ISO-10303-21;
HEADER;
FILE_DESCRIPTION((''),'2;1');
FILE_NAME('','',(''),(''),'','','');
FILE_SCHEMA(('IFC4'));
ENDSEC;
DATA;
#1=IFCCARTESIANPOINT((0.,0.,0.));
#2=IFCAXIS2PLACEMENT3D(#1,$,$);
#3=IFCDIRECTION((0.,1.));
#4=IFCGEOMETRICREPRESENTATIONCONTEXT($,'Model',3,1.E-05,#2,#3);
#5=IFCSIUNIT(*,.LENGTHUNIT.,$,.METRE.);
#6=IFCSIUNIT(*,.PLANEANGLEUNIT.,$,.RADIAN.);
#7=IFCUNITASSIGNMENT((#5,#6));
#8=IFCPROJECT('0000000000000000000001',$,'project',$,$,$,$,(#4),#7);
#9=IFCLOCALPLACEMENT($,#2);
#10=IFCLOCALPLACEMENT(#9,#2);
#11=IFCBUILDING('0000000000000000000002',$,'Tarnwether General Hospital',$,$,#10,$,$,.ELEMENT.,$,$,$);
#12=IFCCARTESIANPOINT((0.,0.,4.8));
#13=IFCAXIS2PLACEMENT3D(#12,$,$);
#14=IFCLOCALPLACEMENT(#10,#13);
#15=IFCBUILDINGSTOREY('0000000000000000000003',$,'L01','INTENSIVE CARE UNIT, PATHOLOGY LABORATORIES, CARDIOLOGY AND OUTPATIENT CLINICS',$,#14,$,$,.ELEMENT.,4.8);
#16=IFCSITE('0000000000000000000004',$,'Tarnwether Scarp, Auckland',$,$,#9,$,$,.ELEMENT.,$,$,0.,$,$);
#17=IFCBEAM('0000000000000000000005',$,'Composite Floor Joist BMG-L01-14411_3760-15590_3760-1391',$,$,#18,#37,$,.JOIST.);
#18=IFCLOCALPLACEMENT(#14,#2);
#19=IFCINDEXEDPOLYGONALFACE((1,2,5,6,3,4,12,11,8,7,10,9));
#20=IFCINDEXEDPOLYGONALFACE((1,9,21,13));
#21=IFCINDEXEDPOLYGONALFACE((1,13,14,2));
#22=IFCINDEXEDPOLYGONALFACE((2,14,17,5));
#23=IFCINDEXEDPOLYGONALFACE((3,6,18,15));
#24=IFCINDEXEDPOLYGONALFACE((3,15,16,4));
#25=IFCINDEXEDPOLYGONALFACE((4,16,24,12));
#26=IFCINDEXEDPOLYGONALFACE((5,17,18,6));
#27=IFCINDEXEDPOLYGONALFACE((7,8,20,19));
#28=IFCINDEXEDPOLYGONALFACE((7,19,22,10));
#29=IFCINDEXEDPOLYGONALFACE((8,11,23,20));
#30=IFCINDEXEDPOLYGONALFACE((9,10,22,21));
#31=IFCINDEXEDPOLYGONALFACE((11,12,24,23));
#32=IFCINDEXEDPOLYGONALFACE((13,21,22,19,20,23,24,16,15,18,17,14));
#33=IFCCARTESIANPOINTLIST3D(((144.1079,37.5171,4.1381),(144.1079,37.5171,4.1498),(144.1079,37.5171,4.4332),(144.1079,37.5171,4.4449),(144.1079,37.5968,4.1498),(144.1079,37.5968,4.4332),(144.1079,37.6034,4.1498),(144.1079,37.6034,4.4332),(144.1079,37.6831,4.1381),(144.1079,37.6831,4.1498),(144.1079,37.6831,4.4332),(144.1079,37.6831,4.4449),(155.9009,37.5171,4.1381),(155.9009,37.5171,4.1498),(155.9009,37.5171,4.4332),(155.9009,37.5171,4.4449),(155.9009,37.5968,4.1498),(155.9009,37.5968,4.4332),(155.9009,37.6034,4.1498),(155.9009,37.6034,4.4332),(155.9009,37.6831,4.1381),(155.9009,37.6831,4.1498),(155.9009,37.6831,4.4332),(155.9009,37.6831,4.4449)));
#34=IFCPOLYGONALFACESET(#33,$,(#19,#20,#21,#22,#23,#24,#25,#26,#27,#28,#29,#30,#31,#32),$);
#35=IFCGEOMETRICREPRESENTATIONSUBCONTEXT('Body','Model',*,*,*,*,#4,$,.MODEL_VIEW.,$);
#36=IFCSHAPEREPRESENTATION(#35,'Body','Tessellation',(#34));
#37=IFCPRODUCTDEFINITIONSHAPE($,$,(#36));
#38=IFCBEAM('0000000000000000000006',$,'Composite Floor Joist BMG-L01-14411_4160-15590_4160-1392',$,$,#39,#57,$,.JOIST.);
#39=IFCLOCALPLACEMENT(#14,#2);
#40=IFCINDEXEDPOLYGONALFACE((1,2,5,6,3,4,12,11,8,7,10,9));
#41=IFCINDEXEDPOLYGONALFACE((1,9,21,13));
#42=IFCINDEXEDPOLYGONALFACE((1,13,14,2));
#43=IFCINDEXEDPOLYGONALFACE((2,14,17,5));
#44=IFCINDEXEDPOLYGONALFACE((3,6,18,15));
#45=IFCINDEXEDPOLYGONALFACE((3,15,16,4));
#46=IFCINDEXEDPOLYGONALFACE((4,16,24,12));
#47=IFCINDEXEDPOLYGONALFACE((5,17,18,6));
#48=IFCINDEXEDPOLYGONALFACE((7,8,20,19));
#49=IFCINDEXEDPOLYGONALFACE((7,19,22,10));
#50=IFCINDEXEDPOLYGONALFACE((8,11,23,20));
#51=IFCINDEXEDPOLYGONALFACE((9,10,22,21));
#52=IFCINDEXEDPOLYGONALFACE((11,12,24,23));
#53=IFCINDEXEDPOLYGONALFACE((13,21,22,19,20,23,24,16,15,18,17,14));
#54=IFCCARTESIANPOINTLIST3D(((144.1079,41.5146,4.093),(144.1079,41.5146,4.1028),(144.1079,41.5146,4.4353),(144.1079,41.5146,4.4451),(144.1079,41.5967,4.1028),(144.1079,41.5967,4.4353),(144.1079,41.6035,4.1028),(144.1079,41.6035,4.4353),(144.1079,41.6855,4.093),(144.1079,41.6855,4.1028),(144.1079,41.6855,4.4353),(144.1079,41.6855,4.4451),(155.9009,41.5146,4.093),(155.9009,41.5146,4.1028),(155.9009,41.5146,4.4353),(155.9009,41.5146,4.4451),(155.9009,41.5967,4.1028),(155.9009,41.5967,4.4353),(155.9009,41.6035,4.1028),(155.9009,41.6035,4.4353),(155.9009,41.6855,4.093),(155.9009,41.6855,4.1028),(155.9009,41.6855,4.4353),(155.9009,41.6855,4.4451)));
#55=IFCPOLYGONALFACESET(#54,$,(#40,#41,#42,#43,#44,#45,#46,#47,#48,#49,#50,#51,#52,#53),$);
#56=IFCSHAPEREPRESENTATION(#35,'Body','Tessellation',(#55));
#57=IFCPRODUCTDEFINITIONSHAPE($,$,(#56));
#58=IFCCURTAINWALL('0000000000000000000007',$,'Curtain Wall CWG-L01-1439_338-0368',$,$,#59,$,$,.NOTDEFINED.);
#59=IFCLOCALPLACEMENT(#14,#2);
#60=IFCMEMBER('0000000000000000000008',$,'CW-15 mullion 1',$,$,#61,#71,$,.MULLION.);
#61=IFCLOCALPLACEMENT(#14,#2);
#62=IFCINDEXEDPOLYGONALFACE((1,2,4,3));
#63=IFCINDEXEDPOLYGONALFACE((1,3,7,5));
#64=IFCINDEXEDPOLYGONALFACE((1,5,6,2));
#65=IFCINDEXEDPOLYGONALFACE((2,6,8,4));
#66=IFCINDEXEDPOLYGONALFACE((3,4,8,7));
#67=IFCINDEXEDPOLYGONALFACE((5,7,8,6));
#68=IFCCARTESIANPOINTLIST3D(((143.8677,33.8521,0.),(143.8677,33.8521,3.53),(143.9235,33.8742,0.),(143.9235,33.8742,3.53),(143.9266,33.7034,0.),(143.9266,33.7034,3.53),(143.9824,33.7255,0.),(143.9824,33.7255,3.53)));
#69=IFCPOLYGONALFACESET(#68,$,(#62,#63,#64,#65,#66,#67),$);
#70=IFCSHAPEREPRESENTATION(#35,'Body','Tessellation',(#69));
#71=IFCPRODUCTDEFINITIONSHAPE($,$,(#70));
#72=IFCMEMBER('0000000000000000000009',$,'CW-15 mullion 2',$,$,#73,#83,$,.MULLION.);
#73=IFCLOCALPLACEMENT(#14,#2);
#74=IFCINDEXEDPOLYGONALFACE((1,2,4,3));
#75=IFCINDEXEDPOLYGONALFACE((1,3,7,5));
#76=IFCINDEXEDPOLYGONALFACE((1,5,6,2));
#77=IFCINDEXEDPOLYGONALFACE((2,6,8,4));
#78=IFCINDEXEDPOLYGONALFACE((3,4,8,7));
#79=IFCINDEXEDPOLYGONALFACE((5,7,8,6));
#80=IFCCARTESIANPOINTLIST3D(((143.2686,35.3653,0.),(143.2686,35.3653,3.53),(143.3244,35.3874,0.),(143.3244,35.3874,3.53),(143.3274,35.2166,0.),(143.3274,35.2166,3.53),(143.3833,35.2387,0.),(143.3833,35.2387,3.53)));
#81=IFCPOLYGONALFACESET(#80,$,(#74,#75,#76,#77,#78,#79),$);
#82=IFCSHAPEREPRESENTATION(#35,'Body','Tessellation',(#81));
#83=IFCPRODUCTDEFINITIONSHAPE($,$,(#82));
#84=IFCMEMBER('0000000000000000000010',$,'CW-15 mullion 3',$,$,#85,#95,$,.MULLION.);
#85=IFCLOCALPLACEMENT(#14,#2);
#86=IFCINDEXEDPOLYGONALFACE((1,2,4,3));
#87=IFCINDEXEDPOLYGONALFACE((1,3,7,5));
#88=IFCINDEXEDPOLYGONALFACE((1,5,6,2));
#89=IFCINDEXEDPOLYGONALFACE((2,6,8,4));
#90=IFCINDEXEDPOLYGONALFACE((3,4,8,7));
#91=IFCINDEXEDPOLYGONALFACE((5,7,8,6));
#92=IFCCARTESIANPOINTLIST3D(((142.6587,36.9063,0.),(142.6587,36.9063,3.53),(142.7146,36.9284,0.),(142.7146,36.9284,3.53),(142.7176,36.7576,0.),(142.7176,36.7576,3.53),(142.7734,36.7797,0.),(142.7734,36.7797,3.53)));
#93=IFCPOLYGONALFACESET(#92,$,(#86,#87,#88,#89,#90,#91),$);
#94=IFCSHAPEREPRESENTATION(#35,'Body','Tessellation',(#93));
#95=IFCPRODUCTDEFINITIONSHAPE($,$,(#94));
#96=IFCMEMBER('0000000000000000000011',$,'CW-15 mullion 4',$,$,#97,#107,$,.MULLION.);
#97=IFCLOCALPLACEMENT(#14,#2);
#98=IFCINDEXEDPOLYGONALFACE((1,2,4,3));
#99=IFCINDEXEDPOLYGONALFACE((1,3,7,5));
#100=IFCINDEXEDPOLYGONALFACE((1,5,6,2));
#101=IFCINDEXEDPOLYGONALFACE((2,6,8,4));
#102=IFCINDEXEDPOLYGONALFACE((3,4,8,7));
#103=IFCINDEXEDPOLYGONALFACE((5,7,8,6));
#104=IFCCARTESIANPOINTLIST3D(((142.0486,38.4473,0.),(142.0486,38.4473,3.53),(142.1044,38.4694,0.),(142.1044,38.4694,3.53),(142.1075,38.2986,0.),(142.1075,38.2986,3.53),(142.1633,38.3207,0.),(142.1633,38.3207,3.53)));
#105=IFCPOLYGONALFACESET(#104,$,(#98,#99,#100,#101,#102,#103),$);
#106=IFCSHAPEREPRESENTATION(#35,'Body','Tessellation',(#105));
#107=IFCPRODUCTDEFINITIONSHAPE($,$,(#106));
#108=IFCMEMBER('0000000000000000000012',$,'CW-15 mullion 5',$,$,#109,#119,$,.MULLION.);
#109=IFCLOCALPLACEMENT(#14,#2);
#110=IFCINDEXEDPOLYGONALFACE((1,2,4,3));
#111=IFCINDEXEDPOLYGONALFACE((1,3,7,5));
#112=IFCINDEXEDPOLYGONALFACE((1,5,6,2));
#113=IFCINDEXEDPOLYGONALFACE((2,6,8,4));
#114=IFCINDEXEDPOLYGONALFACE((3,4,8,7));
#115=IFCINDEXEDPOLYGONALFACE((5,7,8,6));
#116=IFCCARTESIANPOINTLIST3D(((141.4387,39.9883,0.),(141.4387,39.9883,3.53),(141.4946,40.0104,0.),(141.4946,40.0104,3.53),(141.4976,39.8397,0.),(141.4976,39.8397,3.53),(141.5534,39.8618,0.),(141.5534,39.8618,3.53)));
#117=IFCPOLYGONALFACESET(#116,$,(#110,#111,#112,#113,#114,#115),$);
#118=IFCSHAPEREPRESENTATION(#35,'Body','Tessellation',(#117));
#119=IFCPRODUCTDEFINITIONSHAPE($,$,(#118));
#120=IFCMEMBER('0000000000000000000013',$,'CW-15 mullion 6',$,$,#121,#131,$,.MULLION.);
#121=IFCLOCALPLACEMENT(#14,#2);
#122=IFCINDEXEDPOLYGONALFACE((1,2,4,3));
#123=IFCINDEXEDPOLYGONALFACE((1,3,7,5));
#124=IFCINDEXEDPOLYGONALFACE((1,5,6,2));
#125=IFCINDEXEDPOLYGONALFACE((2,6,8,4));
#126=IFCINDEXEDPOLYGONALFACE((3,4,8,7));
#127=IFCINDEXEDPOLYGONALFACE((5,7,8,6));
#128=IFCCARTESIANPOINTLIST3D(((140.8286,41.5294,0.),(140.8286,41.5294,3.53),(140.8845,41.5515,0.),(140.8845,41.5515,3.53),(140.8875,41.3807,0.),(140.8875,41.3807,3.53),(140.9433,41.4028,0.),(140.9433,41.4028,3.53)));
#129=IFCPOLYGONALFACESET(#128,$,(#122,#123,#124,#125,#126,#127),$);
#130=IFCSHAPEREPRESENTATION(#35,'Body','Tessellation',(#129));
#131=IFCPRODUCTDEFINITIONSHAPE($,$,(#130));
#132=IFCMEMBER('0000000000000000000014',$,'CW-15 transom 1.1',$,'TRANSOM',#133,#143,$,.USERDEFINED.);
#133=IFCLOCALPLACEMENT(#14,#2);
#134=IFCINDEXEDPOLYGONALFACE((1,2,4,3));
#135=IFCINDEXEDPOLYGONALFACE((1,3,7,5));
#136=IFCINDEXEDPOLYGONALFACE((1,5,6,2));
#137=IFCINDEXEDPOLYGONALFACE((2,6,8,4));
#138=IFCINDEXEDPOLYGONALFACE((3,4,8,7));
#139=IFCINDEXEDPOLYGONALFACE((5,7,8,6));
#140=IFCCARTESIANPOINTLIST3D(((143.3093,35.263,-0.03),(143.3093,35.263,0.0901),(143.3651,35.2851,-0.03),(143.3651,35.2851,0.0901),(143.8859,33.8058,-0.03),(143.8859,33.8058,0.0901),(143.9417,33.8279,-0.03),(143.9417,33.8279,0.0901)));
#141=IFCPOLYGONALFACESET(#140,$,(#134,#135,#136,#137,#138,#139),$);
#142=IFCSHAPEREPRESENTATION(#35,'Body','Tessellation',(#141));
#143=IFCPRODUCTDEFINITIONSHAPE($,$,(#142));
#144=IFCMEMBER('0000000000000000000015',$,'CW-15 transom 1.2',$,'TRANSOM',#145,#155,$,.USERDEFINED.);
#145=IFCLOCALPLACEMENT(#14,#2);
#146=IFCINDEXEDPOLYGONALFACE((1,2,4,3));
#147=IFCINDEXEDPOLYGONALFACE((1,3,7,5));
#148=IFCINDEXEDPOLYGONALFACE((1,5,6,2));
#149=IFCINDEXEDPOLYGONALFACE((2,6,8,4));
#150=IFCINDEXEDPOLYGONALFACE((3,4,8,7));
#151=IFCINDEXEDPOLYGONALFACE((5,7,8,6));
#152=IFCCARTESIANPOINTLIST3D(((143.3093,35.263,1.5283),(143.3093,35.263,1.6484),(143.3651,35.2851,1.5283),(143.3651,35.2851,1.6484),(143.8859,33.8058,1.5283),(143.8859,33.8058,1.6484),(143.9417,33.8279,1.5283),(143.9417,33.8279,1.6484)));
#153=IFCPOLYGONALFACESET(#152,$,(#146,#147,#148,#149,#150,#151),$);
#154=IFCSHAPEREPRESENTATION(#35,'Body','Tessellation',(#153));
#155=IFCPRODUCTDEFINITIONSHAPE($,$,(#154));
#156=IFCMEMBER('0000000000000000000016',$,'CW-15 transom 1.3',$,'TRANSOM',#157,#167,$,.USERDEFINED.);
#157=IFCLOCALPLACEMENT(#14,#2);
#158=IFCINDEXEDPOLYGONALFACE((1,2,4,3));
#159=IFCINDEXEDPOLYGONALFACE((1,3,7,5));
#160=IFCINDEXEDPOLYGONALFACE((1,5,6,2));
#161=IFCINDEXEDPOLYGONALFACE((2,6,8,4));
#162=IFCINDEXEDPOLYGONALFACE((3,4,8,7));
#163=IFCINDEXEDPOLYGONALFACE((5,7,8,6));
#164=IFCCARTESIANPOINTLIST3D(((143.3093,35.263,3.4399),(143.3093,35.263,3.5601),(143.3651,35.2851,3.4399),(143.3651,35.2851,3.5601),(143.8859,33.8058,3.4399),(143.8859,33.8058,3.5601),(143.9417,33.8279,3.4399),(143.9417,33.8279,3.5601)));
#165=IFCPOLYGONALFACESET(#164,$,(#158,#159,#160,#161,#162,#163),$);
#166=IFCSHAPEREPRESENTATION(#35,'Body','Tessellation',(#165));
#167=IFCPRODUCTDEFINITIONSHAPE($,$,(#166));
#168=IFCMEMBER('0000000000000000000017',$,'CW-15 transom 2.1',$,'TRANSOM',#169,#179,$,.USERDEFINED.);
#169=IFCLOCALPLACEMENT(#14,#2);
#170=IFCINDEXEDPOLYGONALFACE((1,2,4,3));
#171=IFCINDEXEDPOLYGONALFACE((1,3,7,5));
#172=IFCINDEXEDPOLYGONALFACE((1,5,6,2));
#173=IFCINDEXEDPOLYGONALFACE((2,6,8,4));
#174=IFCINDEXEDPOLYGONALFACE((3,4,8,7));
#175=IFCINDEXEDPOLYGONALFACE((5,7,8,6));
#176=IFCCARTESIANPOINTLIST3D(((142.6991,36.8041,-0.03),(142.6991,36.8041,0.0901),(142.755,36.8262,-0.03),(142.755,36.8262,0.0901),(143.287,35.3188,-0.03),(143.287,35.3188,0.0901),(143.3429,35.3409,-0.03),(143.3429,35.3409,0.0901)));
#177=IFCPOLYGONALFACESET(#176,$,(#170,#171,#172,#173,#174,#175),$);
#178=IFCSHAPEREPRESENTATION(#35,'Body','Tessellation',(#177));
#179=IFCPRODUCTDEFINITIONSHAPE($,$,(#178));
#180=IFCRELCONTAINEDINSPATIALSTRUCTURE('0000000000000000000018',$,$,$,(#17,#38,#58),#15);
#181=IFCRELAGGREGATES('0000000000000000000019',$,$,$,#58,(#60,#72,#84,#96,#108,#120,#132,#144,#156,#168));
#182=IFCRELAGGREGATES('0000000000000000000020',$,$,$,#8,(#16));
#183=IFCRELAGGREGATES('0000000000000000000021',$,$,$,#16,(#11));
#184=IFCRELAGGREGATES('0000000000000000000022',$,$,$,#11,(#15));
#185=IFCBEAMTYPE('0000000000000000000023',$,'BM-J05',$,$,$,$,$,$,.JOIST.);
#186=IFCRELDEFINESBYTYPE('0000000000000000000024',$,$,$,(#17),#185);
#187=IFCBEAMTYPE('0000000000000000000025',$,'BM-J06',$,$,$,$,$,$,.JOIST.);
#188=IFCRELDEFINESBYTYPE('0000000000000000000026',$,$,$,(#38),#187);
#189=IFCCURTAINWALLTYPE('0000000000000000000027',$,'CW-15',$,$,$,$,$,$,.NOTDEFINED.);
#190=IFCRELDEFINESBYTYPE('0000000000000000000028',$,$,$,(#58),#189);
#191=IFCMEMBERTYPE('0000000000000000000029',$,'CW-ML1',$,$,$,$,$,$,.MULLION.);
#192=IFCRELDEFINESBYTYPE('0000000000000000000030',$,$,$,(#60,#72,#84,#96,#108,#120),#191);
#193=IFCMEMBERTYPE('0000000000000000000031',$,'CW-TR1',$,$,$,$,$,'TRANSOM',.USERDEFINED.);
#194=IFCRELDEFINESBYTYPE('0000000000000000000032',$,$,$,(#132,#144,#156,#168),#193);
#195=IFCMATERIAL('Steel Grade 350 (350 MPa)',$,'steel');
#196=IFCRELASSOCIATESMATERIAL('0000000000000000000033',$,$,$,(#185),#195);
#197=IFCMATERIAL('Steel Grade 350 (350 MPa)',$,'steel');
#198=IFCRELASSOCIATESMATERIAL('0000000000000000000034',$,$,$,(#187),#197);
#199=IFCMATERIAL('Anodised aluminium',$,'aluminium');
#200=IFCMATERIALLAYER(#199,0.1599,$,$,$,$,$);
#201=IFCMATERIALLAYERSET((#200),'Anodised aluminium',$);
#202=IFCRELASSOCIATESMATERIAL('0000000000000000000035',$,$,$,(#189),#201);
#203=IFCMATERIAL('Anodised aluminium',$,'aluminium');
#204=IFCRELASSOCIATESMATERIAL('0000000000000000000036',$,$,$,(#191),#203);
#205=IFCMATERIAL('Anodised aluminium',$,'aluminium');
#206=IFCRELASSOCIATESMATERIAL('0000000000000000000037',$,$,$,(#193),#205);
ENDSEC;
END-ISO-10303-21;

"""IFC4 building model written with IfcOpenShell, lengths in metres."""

from ifc_helpers import new_model, si_unit, direction, frame, origin, origin_2d, place, context, subcontext, project, spatial, rectangle, i_section, extrude, material, layer, layer_set, material_profile, profile_set, type_object, element, aggregate, save


model = new_model("IFC4")

# Units and contexts
model_context = context("Model", 3, precision=1e-05, world=origin(), true_north=direction((0.0, 1.0)))
body_context = subcontext(model_context, "Body", "Model", "MODEL_VIEW")
ifc_project = project(units=[si_unit("LENGTHUNIT", "METRE"), si_unit("PLANEANGLEUNIT", "RADIAN")], contexts=[model_context])

# Site, building, storey
site_placement = place(None, origin())
site = spatial("IfcSite", under=ifc_project, at=site_placement, Name="Tarnwether Scarp, Auckland", CompositionType="ELEMENT", RefElevation=0.0)
building_placement = place(site_placement, origin())
building = spatial("IfcBuilding", under=site, at=building_placement, Name="Tarnwether General Hospital", CompositionType="ELEMENT")
storey_placement = place(building_placement, frame((0.0, 0.0, 4.8)))
storey = spatial("IfcBuildingStorey", under=building, at=storey_placement, Name="L01", Description="INTENSIVE CARE UNIT, PATHOLOGY LABORATORIES, CARDIOLOGY AND OUTPATIENT CLINICS", CompositionType="ELEMENT", Elevation=4.8)

# Beams
ifc_material_1 = material(Name="Steel Grade 350 (350 MPa)", Category="steel")
ifc_material_profile_1 = material_profile(ifc_material_1, i_section(OverallWidth=0.166, OverallDepth=0.3069, WebThickness=0.0066, FlangeThickness=0.0117, at=origin_2d()), Name="310UB46.2")
ifc_profile_set_1 = profile_set([ifc_material_profile_1], Name="Steel Grade 350 (350 MPa)")
beam_type_1 = type_object("IfcBeamType", Name="BM-J05", PredefinedType="JOIST", material=ifc_profile_set_1)
beam_1_placement = place(storey_placement, frame((144.1079, 37.6001, 4.2915), z_axis=(1.0, 0.0, 0.0), x_axis=(0.0, 1.0, 0.0)))
element("IfcBeam", 1, at=beam_1_placement, inside=storey, type_object=beam_type_1, Name="Composite Floor Joist BMG-L01-14411_3760-15590_3760-1391", PredefinedType="JOIST", context=body_context, shape_type="SweptSolid", body=[
    extrude(i_section(OverallWidth=0.166, OverallDepth=0.3069, WebThickness=0.0066, FlangeThickness=0.0117, at=origin_2d()), origin(), (0.0, 0.0, 1.0), 11.793),
])
ifc_material_2 = material(Name="Steel Grade 350 (350 MPa)", Category="steel")
ifc_material_profile_2 = material_profile(ifc_material_2, i_section(OverallWidth=0.1709, OverallDepth=0.3521, WebThickness=0.0068, FlangeThickness=0.0098, at=origin_2d()), Name="360UB44.7")
ifc_profile_set_2 = profile_set([ifc_material_profile_2], Name="Steel Grade 350 (350 MPa)")
beam_type_2 = type_object("IfcBeamType", Name="BM-J06", PredefinedType="JOIST", material=ifc_profile_set_2)
beam_2_placement = place(storey_placement, frame((144.1079, 41.6001, 4.269), z_axis=(1.0, 0.0, 0.0), x_axis=(0.0, 1.0, 0.0)))
element("IfcBeam", 2, at=beam_2_placement, inside=storey, type_object=beam_type_2, Name="Composite Floor Joist BMG-L01-14411_4160-15590_4160-1392", PredefinedType="JOIST", context=body_context, shape_type="SweptSolid", body=[
    extrude(i_section(OverallWidth=0.1709, OverallDepth=0.3521, WebThickness=0.0068, FlangeThickness=0.0098, at=origin_2d()), origin(), (0.0, 0.0, 1.0), 11.793),
])

# Curtain wall, members
ifc_material_3 = material(Name="Anodised aluminium", Category="aluminium")
ifc_layer_1 = layer(ifc_material_3, 0.1599)
ifc_layer_set_1 = layer_set([ifc_layer_1], Name="Anodised aluminium")
curtain_wall_type = type_object("IfcCurtainWallType", Name="CW-15", PredefinedType="NOTDEFINED", material=ifc_layer_set_1)
curtain_wall_1_placement = place(storey_placement, origin())
curtain_wall_1 = element("IfcCurtainWall", 3, at=curtain_wall_1_placement, inside=storey, type_object=curtain_wall_type, Name="Curtain Wall CWG-L01-1439_338-0368", PredefinedType="NOTDEFINED")
ifc_material_4 = material(Name="Anodised aluminium", Category="aluminium")
ifc_material_profile_3 = material_profile(ifc_material_4, rectangle(XDim=0.0601, YDim=0.1599, at=origin_2d()), Name="ALU-MUL-60x160")
ifc_profile_set_3 = profile_set([ifc_material_profile_3], Name="Anodised aluminium")
member_type_1 = type_object("IfcMemberType", Name="CW-ML1", PredefinedType="MULLION", material=ifc_profile_set_3)
member_1_placement = place(storey_placement, frame((143.925, 33.7888, 0.0), z_axis=(0.0, 0.0, 1.0), x_axis=(-0.929802, -0.368059, 0.0)))
member_1 = element("IfcMember", 4, at=member_1_placement, type_object=member_type_1, Name="CW-15 mullion 1", PredefinedType="MULLION", context=body_context, shape_type="SweptSolid", body=[
    extrude(rectangle(XDim=0.0601, YDim=0.1599, at=origin_2d()), origin(), (0.0, 0.0, 1.0), 3.53),
])
member_2_placement = place(storey_placement, frame((143.3259, 35.302, 0.0), z_axis=(0.0, 0.0, 1.0), x_axis=(-0.929802, -0.368059, 0.0)))
member_2 = element("IfcMember", 5, at=member_2_placement, type_object=member_type_1, Name="CW-15 mullion 2", PredefinedType="MULLION", context=body_context, shape_type="SweptSolid", body=[
    extrude(rectangle(XDim=0.0601, YDim=0.1599, at=origin_2d()), origin(), (0.0, 0.0, 1.0), 3.53),
])
member_3_placement = place(storey_placement, frame((142.7161, 36.843, 0.0), z_axis=(0.0, 0.0, 1.0), x_axis=(-0.929802, -0.368059, 0.0)))
member_3 = element("IfcMember", 6, at=member_3_placement, type_object=member_type_1, Name="CW-15 mullion 3", PredefinedType="MULLION", context=body_context, shape_type="SweptSolid", body=[
    extrude(rectangle(XDim=0.0601, YDim=0.1599, at=origin_2d()), origin(), (0.0, 0.0, 1.0), 3.53),
])
member_4_placement = place(storey_placement, frame((142.106, 38.384, 0.0), z_axis=(0.0, 0.0, 1.0), x_axis=(-0.929802, -0.368059, 0.0)))
member_4 = element("IfcMember", 7, at=member_4_placement, type_object=member_type_1, Name="CW-15 mullion 4", PredefinedType="MULLION", context=body_context, shape_type="SweptSolid", body=[
    extrude(rectangle(XDim=0.0601, YDim=0.1599, at=origin_2d()), origin(), (0.0, 0.0, 1.0), 3.53),
])
member_5_placement = place(storey_placement, frame((141.4961, 39.925, 0.0), z_axis=(0.0, 0.0, 1.0), x_axis=(-0.929802, -0.368059, 0.0)))
member_5 = element("IfcMember", 8, at=member_5_placement, type_object=member_type_1, Name="CW-15 mullion 5", PredefinedType="MULLION", context=body_context, shape_type="SweptSolid", body=[
    extrude(rectangle(XDim=0.0601, YDim=0.1599, at=origin_2d()), origin(), (0.0, 0.0, 1.0), 3.53),
])
member_6_placement = place(storey_placement, frame((140.886, 41.4661, 0.0), z_axis=(0.0, 0.0, 1.0), x_axis=(-0.929802, -0.368059, 0.0)))
member_6 = element("IfcMember", 9, at=member_6_placement, type_object=member_type_1, Name="CW-15 mullion 6", PredefinedType="MULLION", context=body_context, shape_type="SweptSolid", body=[
    extrude(rectangle(XDim=0.0601, YDim=0.1599, at=origin_2d()), origin(), (0.0, 0.0, 1.0), 3.53),
])
ifc_material_5 = material(Name="Anodised aluminium", Category="aluminium")
ifc_material_profile_4 = material_profile(ifc_material_5, rectangle(XDim=0.0601, YDim=0.1201, at=origin_2d()), Name="ALU-TRN-60x120")
ifc_profile_set_4 = profile_set([ifc_material_profile_4], Name="Anodised aluminium")
member_type_2 = type_object("IfcMemberType", Name="CW-TR1", ElementType="TRANSOM", PredefinedType="USERDEFINED", material=ifc_profile_set_4)
member_7_placement = place(storey_placement, frame((143.9138, 33.8169, 0.03), z_axis=(-0.36795, 0.929845, 0.0), x_axis=(-0.929845, -0.36795, 0.0)))
member_7 = element("IfcMember", 10, at=member_7_placement, type_object=member_type_2, Name="CW-15 transom 1.1", ObjectType="TRANSOM", PredefinedType="USERDEFINED", context=body_context, shape_type="SweptSolid", body=[
    extrude(rectangle(XDim=0.0601, YDim=0.1201, at=origin_2d()), origin(), (0.0, 0.0, 1.0), 1.5671),
])
member_8_placement = place(storey_placement, frame((143.9138, 33.8169, 1.5884), z_axis=(-0.36795, 0.929845, 0.0), x_axis=(-0.929845, -0.36795, 0.0)))
member_8 = element("IfcMember", 11, at=member_8_placement, type_object=member_type_2, Name="CW-15 transom 1.2", ObjectType="TRANSOM", PredefinedType="USERDEFINED", context=body_context, shape_type="SweptSolid", body=[
    extrude(rectangle(XDim=0.0601, YDim=0.1201, at=origin_2d()), origin(), (0.0, 0.0, 1.0), 1.5671),
])
member_9_placement = place(storey_placement, frame((143.9138, 33.8169, 3.5), z_axis=(-0.36795, 0.929845, 0.0), x_axis=(-0.929845, -0.36795, 0.0)))
member_9 = element("IfcMember", 12, at=member_9_placement, type_object=member_type_2, Name="CW-15 transom 1.3", ObjectType="TRANSOM", PredefinedType="USERDEFINED", context=body_context, shape_type="SweptSolid", body=[
    extrude(rectangle(XDim=0.0601, YDim=0.1201, at=origin_2d()), origin(), (0.0, 0.0, 1.0), 1.5671),
])
member_10_placement = place(storey_placement, frame((143.3149, 35.3298, 0.03), z_axis=(-0.368015, 0.92982, 0.0), x_axis=(-0.92982, -0.368015, 0.0)))
member_10 = element("IfcMember", 13, at=member_10_placement, type_object=member_type_2, Name="CW-15 transom 2.1", ObjectType="TRANSOM", PredefinedType="USERDEFINED", context=body_context, shape_type="SweptSolid", body=[
    extrude(rectangle(XDim=0.0601, YDim=0.1201, at=origin_2d()), origin(), (0.0, 0.0, 1.0), 1.5974),
])

aggregate(curtain_wall_1, [member_1, member_2, member_3, member_4, member_5, member_6, member_7, member_8, member_9, member_10])

save(model, "model.ifc")
